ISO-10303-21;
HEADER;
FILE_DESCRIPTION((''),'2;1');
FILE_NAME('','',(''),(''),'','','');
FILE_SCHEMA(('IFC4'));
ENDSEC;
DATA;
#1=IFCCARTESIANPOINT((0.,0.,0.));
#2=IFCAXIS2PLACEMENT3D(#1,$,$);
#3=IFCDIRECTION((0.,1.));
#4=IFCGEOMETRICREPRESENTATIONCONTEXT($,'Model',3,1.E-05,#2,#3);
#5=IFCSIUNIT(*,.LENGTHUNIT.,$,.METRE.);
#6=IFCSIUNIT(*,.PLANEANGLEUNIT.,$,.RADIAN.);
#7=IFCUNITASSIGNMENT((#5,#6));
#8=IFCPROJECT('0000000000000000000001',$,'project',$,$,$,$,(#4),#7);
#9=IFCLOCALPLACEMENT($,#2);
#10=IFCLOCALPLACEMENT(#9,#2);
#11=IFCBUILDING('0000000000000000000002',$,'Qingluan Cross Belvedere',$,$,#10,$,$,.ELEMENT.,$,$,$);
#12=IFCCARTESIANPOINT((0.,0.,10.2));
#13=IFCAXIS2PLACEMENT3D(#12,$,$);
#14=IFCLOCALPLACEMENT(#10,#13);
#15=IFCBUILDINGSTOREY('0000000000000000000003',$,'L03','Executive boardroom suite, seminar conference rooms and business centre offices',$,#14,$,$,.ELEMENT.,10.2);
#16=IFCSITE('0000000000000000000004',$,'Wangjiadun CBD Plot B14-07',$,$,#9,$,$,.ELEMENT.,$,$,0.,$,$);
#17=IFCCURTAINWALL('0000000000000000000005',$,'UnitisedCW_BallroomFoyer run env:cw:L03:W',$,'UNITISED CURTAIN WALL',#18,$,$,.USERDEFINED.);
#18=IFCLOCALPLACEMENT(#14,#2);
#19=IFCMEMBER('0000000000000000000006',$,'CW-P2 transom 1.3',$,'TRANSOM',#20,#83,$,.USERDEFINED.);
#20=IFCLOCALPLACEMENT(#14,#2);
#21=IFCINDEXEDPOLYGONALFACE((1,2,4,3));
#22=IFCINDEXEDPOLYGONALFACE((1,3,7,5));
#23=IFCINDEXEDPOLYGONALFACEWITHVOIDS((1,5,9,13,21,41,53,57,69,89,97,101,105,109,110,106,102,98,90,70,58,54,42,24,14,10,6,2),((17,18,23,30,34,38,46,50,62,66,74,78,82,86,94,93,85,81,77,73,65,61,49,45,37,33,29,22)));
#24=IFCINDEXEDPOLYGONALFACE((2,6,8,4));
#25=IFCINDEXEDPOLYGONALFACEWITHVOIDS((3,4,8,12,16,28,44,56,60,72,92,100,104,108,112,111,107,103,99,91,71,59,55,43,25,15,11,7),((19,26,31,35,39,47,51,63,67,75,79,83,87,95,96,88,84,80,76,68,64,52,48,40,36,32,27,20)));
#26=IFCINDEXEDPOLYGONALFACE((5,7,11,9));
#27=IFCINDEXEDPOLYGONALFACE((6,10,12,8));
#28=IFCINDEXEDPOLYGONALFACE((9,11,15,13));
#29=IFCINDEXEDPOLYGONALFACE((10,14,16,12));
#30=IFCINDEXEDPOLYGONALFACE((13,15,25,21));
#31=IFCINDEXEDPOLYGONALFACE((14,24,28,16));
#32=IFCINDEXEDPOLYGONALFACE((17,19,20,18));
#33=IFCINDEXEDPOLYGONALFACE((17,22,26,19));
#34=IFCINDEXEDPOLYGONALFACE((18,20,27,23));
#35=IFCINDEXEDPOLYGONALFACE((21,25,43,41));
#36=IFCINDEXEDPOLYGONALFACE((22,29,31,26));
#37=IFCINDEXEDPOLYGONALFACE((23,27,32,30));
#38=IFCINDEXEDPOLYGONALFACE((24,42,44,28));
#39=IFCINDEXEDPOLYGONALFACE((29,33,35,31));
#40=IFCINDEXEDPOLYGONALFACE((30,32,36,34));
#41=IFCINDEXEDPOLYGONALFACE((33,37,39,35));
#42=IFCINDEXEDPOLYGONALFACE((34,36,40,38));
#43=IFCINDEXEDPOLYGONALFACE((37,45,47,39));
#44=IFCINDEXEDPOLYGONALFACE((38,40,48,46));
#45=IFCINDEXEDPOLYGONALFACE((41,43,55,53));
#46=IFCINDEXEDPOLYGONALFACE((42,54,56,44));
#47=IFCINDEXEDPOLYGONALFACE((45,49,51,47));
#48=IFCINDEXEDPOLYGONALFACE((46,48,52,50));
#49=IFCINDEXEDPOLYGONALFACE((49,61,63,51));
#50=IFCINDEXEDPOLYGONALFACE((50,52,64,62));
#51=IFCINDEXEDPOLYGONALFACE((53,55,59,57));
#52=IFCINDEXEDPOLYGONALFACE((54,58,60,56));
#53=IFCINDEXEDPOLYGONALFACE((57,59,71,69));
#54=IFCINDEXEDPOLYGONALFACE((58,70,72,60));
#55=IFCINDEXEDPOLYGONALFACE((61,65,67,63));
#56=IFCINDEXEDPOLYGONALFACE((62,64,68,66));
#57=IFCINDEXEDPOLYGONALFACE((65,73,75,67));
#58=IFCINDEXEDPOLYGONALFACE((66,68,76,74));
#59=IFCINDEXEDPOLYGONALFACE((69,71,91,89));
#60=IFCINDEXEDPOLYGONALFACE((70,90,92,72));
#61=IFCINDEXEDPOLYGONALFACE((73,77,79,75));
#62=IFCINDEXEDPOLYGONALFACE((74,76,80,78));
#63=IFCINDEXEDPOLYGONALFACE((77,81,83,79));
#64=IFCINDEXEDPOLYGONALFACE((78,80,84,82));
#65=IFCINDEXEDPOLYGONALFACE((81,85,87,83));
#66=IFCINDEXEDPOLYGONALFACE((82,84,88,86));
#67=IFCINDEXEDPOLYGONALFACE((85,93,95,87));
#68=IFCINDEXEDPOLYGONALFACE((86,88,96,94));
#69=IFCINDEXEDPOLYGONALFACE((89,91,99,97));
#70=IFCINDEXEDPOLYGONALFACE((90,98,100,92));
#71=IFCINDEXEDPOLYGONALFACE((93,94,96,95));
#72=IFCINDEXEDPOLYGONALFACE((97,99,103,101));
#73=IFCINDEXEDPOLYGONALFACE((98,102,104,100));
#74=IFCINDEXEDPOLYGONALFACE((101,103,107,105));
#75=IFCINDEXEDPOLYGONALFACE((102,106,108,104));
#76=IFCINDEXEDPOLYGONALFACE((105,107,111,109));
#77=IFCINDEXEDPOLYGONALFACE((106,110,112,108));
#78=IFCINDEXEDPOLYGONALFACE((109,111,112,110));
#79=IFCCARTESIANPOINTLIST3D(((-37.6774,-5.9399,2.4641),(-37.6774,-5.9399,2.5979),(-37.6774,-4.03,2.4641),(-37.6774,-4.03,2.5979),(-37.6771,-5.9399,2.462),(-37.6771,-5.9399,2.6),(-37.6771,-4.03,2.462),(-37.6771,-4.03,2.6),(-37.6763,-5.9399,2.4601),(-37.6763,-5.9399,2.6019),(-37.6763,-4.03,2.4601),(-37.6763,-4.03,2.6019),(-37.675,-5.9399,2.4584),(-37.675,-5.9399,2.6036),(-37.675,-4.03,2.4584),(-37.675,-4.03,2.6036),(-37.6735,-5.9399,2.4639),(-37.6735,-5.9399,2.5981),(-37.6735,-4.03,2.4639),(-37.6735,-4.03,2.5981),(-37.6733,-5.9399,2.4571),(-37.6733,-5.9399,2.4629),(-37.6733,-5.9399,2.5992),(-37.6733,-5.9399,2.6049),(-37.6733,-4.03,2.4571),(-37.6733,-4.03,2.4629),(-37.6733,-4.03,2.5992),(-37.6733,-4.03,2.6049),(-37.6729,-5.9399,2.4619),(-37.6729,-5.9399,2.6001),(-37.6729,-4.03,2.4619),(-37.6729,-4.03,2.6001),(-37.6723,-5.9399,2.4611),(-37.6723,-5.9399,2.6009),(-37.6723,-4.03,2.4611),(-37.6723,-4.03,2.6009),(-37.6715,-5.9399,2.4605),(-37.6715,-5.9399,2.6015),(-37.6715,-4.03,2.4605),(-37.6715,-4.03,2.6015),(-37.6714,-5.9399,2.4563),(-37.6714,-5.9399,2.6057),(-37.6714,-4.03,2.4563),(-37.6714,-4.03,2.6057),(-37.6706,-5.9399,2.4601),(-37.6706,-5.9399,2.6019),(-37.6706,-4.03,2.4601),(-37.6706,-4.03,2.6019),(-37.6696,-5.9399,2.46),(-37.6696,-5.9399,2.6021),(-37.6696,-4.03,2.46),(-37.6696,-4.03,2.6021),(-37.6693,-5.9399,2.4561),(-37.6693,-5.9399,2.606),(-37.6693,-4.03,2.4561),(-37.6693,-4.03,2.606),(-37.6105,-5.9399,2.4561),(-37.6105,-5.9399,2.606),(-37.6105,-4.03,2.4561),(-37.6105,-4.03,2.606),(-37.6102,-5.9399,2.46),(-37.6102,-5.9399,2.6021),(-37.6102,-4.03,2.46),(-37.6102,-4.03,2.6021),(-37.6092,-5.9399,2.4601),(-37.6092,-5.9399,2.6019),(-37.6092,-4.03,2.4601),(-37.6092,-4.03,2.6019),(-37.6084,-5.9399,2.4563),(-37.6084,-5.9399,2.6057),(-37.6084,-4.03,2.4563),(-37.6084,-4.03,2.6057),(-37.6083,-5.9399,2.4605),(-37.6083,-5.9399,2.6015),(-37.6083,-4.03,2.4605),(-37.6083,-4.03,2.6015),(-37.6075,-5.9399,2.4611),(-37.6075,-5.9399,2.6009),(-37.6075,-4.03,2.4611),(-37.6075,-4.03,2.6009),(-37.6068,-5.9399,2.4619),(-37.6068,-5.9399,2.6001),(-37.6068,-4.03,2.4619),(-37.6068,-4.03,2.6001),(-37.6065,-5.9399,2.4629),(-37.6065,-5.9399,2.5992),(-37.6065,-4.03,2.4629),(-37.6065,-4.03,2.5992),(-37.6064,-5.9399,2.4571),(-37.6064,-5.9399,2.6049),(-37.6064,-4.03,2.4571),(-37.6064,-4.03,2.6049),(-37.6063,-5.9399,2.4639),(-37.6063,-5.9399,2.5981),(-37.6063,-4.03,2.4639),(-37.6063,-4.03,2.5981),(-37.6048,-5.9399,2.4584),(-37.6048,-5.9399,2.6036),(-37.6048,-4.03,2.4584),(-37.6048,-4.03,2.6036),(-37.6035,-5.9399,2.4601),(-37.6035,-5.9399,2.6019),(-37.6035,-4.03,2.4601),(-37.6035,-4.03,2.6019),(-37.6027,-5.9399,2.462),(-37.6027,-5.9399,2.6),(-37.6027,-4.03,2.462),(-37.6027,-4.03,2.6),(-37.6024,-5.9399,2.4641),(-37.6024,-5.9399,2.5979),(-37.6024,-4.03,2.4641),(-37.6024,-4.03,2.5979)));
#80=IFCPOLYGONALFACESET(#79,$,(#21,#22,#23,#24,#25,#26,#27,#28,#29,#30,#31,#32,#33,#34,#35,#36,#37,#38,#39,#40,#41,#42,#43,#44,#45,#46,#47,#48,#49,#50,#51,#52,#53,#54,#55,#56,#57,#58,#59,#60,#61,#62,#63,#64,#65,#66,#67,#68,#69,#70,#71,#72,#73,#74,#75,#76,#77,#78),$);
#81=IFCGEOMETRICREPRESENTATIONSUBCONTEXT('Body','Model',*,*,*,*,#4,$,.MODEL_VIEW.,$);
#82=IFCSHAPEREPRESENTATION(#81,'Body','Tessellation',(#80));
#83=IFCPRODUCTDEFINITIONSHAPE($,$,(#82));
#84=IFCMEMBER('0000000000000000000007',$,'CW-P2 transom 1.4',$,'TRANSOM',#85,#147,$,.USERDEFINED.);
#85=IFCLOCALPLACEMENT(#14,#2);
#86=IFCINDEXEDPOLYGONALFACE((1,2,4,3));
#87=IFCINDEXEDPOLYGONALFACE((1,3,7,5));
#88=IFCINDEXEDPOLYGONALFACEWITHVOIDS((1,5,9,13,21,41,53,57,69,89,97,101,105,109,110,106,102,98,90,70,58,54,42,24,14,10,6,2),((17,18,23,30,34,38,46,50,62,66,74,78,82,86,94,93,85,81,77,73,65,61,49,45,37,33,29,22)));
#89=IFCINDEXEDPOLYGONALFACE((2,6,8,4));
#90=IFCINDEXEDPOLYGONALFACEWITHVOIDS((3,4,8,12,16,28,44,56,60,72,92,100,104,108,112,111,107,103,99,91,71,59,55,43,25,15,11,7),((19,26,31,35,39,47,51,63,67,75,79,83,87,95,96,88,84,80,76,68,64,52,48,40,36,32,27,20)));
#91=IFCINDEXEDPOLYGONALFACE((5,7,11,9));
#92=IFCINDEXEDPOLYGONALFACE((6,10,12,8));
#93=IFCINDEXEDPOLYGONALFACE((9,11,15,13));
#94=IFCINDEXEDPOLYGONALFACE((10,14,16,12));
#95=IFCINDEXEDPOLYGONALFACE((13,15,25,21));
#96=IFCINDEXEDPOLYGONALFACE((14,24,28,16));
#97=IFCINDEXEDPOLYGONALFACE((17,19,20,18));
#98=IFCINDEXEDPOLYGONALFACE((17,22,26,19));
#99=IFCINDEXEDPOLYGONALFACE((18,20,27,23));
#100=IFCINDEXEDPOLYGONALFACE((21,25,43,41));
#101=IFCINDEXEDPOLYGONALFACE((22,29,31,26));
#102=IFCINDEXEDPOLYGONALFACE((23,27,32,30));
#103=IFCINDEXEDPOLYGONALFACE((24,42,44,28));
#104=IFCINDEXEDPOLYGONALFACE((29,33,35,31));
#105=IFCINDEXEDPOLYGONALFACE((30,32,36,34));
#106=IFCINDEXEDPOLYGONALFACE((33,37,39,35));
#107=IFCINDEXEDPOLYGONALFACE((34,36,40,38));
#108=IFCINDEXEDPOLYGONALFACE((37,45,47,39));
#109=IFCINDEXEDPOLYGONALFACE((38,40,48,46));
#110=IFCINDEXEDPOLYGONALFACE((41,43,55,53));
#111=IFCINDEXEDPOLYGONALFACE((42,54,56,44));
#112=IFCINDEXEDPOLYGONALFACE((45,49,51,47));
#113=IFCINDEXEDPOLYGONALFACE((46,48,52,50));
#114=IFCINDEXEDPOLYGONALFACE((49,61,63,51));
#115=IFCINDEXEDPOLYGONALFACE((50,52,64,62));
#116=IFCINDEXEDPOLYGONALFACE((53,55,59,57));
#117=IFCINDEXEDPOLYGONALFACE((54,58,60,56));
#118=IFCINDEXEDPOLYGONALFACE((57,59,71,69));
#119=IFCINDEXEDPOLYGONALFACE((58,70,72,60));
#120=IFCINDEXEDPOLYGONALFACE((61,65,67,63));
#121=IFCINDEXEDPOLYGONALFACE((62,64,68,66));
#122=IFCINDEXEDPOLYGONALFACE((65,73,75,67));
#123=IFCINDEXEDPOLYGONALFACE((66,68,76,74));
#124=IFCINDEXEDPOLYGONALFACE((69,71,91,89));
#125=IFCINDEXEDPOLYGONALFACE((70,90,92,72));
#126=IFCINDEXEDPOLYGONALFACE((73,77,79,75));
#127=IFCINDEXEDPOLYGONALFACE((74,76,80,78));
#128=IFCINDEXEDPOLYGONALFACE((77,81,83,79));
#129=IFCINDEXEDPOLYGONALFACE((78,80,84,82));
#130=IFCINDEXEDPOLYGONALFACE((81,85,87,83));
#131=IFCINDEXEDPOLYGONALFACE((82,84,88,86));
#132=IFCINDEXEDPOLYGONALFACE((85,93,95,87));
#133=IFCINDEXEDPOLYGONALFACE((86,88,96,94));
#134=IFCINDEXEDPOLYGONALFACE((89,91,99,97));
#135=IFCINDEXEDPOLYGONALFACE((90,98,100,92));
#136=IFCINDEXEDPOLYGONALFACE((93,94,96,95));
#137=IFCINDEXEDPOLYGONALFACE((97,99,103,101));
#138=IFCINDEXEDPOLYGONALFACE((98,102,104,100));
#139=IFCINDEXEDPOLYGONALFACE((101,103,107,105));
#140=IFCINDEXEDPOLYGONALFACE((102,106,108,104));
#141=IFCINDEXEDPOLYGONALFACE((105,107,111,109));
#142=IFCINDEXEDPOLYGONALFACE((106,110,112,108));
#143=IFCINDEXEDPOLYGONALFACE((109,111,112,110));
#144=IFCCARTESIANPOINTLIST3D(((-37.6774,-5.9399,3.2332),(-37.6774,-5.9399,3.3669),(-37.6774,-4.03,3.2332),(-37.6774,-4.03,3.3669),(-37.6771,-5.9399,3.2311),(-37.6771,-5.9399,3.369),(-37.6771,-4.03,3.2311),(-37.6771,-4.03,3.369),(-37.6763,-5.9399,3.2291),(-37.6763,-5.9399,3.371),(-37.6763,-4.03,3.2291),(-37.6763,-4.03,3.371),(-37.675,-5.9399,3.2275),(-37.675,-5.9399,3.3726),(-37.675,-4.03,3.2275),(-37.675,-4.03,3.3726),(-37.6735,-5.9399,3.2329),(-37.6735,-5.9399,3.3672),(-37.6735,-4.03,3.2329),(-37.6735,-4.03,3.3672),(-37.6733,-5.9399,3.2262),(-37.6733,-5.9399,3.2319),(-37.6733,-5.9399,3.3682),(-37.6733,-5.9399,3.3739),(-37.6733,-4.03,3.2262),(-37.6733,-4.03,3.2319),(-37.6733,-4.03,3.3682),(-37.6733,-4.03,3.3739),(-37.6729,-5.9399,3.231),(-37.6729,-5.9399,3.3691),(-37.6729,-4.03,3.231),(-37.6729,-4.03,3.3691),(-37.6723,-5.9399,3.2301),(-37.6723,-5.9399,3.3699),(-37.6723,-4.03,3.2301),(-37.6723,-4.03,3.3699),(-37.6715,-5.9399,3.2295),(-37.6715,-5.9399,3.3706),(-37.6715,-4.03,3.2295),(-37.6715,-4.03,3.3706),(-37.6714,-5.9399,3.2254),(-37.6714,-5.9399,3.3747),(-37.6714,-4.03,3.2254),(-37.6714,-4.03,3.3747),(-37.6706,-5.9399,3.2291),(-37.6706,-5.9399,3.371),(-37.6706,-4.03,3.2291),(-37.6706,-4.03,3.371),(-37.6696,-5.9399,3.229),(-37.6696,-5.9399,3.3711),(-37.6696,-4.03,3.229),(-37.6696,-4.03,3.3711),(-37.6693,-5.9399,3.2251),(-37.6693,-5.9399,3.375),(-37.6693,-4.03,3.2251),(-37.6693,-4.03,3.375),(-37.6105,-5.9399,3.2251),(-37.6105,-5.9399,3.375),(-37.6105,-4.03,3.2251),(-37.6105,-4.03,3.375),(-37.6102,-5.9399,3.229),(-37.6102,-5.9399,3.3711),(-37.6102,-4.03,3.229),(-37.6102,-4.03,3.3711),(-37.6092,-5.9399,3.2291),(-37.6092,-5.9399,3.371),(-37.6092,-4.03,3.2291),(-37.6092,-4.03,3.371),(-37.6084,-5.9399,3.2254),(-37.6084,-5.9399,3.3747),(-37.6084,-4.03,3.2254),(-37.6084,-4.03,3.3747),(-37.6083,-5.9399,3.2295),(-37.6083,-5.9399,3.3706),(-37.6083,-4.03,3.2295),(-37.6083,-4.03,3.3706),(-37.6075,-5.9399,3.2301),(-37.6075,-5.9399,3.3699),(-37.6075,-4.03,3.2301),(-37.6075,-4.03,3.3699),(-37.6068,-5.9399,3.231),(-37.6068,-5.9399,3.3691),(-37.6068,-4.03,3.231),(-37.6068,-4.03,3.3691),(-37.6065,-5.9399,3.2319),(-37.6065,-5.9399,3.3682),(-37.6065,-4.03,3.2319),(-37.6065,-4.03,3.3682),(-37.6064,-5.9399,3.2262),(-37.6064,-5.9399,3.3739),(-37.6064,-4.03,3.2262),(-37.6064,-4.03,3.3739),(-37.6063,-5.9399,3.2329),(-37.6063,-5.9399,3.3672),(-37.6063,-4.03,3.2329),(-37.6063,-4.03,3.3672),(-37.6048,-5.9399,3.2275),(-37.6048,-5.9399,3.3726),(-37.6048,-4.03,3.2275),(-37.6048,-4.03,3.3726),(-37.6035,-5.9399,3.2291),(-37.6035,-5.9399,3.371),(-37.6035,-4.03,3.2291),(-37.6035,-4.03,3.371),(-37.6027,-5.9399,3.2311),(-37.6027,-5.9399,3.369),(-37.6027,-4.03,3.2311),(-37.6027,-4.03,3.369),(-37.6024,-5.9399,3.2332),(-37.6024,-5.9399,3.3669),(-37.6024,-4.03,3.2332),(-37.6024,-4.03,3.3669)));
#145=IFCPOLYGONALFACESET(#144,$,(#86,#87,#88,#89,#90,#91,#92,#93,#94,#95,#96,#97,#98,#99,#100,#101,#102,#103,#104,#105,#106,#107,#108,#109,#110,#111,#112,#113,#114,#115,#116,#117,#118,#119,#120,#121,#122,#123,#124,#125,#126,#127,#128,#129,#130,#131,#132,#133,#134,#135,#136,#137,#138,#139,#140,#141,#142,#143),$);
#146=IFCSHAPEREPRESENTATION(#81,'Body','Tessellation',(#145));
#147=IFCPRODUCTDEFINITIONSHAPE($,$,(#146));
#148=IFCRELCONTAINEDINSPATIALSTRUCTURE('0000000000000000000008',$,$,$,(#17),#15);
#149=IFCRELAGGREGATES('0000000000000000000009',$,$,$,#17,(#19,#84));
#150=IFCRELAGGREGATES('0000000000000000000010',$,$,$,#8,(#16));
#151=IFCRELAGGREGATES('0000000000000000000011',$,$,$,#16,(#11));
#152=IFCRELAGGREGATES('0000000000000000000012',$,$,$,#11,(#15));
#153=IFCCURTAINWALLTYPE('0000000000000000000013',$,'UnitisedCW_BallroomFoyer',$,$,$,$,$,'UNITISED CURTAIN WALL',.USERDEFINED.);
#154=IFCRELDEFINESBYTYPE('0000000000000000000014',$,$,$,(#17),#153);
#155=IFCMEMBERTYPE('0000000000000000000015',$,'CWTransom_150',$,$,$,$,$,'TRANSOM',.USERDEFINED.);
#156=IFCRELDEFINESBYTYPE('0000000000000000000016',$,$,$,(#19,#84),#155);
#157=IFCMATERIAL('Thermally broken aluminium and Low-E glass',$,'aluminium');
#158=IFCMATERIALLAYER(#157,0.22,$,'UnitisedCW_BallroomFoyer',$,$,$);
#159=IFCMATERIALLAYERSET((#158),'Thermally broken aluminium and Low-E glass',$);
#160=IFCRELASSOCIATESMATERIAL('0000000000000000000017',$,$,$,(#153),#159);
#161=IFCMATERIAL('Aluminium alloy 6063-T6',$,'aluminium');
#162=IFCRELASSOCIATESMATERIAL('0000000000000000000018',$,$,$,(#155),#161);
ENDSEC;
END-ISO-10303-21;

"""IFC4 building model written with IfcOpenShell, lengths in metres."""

from ifc_helpers import new_model, si_unit, direction, frame, origin, origin_2d, place, context, subcontext, project, spatial, hollow_rectangle, extrude, material, layer, layer_set, material_profile, profile_set, type_object, element, aggregate, save


model = new_model("IFC4")

# Units and contexts
model_context = context("Model", 3, precision=1e-05, world=origin(), true_north=direction((0.0, 1.0)))
body_context = subcontext(model_context, "Body", "Model", "MODEL_VIEW")
ifc_project = project(units=[si_unit("LENGTHUNIT", "METRE"), si_unit("PLANEANGLEUNIT", "RADIAN")], contexts=[model_context])

# Site, building, storey
site_placement = place(None, origin())
site = spatial("IfcSite", under=ifc_project, at=site_placement, Name="Wangjiadun CBD Plot B14-07", CompositionType="ELEMENT", RefElevation=0.0)
building_placement = place(site_placement, origin())
building = spatial("IfcBuilding", under=site, at=building_placement, Name="Qingluan Cross Belvedere", CompositionType="ELEMENT")
storey_placement = place(building_placement, frame((0.0, 0.0, 10.2)))
storey = spatial("IfcBuildingStorey", under=building, at=storey_placement, Name="L03", Description="Executive boardroom suite, seminar conference rooms and business centre offices", CompositionType="ELEMENT", Elevation=10.2)

# Curtain wall, members
ifc_material_1 = material(Name="Thermally broken aluminium and Low-E glass", Category="aluminium")
ifc_layer_1 = layer(ifc_material_1, 0.22, Name="UnitisedCW_BallroomFoyer")
ifc_layer_set_1 = layer_set([ifc_layer_1], Name="Thermally broken aluminium and Low-E glass")
curtain_wall_type = type_object("IfcCurtainWallType", Name="UnitisedCW_BallroomFoyer", ElementType="UNITISED CURTAIN WALL", PredefinedType="USERDEFINED", material=ifc_layer_set_1)
curtain_wall_placement = place(storey_placement, origin())
curtain_wall = element("IfcCurtainWall", 1, at=curtain_wall_placement, inside=storey, type_object=curtain_wall_type, Name="UnitisedCW_BallroomFoyer run env:cw:L03:W", ObjectType="UNITISED CURTAIN WALL", PredefinedType="USERDEFINED")
ifc_material_2 = material(Name="Aluminium alloy 6063-T6", Category="aluminium")
ifc_material_profile_1 = material_profile(ifc_material_2, hollow_rectangle(XDim=0.075, YDim=0.1499, WallThickness=0.0039, InnerFilletRadius=0.0039, OuterFilletRadius=0.0081, at=origin_2d()), Name="CWT150x75x4")
ifc_profile_set_1 = profile_set([ifc_material_profile_1], Name="Aluminium alloy 6063-T6")
member_type_1 = type_object("IfcMemberType", Name="CWTransom_150", ElementType="TRANSOM", PredefinedType="USERDEFINED", material=ifc_profile_set_1)
member_1_placement = place(storey_placement, frame((-37.6399, -5.9399, 2.531), z_axis=(0.0, 1.0, 0.0), x_axis=(-1.0, 0.0, 0.0)))
member_1 = element("IfcMember", 2, at=member_1_placement, type_object=member_type_1, Name="CW-P2 transom 1.3", ObjectType="TRANSOM", PredefinedType="USERDEFINED", context=body_context, shape_type="SweptSolid", body=[
    extrude(hollow_rectangle(XDim=0.075, YDim=0.1499, WallThickness=0.0039, InnerFilletRadius=0.0039, OuterFilletRadius=0.0081, at=origin_2d()), origin(), (0.0, 0.0, 1.0), 1.9099),
])
member_2_placement = place(storey_placement, frame((-37.6399, -5.9399, 3.3), z_axis=(0.0, 1.0, 0.0), x_axis=(-1.0, 0.0, 0.0)))
member_2 = element("IfcMember", 3, at=member_2_placement, type_object=member_type_1, Name="CW-P2 transom 1.4", ObjectType="TRANSOM", PredefinedType="USERDEFINED", context=body_context, shape_type="SweptSolid", body=[
    extrude(hollow_rectangle(XDim=0.075, YDim=0.1499, WallThickness=0.0039, InnerFilletRadius=0.0039, OuterFilletRadius=0.0081, at=origin_2d()), origin(), (0.0, 0.0, 1.0), 1.9099),
])
aggregate(curtain_wall, [member_1, member_2])

save(model, "model.ifc")
